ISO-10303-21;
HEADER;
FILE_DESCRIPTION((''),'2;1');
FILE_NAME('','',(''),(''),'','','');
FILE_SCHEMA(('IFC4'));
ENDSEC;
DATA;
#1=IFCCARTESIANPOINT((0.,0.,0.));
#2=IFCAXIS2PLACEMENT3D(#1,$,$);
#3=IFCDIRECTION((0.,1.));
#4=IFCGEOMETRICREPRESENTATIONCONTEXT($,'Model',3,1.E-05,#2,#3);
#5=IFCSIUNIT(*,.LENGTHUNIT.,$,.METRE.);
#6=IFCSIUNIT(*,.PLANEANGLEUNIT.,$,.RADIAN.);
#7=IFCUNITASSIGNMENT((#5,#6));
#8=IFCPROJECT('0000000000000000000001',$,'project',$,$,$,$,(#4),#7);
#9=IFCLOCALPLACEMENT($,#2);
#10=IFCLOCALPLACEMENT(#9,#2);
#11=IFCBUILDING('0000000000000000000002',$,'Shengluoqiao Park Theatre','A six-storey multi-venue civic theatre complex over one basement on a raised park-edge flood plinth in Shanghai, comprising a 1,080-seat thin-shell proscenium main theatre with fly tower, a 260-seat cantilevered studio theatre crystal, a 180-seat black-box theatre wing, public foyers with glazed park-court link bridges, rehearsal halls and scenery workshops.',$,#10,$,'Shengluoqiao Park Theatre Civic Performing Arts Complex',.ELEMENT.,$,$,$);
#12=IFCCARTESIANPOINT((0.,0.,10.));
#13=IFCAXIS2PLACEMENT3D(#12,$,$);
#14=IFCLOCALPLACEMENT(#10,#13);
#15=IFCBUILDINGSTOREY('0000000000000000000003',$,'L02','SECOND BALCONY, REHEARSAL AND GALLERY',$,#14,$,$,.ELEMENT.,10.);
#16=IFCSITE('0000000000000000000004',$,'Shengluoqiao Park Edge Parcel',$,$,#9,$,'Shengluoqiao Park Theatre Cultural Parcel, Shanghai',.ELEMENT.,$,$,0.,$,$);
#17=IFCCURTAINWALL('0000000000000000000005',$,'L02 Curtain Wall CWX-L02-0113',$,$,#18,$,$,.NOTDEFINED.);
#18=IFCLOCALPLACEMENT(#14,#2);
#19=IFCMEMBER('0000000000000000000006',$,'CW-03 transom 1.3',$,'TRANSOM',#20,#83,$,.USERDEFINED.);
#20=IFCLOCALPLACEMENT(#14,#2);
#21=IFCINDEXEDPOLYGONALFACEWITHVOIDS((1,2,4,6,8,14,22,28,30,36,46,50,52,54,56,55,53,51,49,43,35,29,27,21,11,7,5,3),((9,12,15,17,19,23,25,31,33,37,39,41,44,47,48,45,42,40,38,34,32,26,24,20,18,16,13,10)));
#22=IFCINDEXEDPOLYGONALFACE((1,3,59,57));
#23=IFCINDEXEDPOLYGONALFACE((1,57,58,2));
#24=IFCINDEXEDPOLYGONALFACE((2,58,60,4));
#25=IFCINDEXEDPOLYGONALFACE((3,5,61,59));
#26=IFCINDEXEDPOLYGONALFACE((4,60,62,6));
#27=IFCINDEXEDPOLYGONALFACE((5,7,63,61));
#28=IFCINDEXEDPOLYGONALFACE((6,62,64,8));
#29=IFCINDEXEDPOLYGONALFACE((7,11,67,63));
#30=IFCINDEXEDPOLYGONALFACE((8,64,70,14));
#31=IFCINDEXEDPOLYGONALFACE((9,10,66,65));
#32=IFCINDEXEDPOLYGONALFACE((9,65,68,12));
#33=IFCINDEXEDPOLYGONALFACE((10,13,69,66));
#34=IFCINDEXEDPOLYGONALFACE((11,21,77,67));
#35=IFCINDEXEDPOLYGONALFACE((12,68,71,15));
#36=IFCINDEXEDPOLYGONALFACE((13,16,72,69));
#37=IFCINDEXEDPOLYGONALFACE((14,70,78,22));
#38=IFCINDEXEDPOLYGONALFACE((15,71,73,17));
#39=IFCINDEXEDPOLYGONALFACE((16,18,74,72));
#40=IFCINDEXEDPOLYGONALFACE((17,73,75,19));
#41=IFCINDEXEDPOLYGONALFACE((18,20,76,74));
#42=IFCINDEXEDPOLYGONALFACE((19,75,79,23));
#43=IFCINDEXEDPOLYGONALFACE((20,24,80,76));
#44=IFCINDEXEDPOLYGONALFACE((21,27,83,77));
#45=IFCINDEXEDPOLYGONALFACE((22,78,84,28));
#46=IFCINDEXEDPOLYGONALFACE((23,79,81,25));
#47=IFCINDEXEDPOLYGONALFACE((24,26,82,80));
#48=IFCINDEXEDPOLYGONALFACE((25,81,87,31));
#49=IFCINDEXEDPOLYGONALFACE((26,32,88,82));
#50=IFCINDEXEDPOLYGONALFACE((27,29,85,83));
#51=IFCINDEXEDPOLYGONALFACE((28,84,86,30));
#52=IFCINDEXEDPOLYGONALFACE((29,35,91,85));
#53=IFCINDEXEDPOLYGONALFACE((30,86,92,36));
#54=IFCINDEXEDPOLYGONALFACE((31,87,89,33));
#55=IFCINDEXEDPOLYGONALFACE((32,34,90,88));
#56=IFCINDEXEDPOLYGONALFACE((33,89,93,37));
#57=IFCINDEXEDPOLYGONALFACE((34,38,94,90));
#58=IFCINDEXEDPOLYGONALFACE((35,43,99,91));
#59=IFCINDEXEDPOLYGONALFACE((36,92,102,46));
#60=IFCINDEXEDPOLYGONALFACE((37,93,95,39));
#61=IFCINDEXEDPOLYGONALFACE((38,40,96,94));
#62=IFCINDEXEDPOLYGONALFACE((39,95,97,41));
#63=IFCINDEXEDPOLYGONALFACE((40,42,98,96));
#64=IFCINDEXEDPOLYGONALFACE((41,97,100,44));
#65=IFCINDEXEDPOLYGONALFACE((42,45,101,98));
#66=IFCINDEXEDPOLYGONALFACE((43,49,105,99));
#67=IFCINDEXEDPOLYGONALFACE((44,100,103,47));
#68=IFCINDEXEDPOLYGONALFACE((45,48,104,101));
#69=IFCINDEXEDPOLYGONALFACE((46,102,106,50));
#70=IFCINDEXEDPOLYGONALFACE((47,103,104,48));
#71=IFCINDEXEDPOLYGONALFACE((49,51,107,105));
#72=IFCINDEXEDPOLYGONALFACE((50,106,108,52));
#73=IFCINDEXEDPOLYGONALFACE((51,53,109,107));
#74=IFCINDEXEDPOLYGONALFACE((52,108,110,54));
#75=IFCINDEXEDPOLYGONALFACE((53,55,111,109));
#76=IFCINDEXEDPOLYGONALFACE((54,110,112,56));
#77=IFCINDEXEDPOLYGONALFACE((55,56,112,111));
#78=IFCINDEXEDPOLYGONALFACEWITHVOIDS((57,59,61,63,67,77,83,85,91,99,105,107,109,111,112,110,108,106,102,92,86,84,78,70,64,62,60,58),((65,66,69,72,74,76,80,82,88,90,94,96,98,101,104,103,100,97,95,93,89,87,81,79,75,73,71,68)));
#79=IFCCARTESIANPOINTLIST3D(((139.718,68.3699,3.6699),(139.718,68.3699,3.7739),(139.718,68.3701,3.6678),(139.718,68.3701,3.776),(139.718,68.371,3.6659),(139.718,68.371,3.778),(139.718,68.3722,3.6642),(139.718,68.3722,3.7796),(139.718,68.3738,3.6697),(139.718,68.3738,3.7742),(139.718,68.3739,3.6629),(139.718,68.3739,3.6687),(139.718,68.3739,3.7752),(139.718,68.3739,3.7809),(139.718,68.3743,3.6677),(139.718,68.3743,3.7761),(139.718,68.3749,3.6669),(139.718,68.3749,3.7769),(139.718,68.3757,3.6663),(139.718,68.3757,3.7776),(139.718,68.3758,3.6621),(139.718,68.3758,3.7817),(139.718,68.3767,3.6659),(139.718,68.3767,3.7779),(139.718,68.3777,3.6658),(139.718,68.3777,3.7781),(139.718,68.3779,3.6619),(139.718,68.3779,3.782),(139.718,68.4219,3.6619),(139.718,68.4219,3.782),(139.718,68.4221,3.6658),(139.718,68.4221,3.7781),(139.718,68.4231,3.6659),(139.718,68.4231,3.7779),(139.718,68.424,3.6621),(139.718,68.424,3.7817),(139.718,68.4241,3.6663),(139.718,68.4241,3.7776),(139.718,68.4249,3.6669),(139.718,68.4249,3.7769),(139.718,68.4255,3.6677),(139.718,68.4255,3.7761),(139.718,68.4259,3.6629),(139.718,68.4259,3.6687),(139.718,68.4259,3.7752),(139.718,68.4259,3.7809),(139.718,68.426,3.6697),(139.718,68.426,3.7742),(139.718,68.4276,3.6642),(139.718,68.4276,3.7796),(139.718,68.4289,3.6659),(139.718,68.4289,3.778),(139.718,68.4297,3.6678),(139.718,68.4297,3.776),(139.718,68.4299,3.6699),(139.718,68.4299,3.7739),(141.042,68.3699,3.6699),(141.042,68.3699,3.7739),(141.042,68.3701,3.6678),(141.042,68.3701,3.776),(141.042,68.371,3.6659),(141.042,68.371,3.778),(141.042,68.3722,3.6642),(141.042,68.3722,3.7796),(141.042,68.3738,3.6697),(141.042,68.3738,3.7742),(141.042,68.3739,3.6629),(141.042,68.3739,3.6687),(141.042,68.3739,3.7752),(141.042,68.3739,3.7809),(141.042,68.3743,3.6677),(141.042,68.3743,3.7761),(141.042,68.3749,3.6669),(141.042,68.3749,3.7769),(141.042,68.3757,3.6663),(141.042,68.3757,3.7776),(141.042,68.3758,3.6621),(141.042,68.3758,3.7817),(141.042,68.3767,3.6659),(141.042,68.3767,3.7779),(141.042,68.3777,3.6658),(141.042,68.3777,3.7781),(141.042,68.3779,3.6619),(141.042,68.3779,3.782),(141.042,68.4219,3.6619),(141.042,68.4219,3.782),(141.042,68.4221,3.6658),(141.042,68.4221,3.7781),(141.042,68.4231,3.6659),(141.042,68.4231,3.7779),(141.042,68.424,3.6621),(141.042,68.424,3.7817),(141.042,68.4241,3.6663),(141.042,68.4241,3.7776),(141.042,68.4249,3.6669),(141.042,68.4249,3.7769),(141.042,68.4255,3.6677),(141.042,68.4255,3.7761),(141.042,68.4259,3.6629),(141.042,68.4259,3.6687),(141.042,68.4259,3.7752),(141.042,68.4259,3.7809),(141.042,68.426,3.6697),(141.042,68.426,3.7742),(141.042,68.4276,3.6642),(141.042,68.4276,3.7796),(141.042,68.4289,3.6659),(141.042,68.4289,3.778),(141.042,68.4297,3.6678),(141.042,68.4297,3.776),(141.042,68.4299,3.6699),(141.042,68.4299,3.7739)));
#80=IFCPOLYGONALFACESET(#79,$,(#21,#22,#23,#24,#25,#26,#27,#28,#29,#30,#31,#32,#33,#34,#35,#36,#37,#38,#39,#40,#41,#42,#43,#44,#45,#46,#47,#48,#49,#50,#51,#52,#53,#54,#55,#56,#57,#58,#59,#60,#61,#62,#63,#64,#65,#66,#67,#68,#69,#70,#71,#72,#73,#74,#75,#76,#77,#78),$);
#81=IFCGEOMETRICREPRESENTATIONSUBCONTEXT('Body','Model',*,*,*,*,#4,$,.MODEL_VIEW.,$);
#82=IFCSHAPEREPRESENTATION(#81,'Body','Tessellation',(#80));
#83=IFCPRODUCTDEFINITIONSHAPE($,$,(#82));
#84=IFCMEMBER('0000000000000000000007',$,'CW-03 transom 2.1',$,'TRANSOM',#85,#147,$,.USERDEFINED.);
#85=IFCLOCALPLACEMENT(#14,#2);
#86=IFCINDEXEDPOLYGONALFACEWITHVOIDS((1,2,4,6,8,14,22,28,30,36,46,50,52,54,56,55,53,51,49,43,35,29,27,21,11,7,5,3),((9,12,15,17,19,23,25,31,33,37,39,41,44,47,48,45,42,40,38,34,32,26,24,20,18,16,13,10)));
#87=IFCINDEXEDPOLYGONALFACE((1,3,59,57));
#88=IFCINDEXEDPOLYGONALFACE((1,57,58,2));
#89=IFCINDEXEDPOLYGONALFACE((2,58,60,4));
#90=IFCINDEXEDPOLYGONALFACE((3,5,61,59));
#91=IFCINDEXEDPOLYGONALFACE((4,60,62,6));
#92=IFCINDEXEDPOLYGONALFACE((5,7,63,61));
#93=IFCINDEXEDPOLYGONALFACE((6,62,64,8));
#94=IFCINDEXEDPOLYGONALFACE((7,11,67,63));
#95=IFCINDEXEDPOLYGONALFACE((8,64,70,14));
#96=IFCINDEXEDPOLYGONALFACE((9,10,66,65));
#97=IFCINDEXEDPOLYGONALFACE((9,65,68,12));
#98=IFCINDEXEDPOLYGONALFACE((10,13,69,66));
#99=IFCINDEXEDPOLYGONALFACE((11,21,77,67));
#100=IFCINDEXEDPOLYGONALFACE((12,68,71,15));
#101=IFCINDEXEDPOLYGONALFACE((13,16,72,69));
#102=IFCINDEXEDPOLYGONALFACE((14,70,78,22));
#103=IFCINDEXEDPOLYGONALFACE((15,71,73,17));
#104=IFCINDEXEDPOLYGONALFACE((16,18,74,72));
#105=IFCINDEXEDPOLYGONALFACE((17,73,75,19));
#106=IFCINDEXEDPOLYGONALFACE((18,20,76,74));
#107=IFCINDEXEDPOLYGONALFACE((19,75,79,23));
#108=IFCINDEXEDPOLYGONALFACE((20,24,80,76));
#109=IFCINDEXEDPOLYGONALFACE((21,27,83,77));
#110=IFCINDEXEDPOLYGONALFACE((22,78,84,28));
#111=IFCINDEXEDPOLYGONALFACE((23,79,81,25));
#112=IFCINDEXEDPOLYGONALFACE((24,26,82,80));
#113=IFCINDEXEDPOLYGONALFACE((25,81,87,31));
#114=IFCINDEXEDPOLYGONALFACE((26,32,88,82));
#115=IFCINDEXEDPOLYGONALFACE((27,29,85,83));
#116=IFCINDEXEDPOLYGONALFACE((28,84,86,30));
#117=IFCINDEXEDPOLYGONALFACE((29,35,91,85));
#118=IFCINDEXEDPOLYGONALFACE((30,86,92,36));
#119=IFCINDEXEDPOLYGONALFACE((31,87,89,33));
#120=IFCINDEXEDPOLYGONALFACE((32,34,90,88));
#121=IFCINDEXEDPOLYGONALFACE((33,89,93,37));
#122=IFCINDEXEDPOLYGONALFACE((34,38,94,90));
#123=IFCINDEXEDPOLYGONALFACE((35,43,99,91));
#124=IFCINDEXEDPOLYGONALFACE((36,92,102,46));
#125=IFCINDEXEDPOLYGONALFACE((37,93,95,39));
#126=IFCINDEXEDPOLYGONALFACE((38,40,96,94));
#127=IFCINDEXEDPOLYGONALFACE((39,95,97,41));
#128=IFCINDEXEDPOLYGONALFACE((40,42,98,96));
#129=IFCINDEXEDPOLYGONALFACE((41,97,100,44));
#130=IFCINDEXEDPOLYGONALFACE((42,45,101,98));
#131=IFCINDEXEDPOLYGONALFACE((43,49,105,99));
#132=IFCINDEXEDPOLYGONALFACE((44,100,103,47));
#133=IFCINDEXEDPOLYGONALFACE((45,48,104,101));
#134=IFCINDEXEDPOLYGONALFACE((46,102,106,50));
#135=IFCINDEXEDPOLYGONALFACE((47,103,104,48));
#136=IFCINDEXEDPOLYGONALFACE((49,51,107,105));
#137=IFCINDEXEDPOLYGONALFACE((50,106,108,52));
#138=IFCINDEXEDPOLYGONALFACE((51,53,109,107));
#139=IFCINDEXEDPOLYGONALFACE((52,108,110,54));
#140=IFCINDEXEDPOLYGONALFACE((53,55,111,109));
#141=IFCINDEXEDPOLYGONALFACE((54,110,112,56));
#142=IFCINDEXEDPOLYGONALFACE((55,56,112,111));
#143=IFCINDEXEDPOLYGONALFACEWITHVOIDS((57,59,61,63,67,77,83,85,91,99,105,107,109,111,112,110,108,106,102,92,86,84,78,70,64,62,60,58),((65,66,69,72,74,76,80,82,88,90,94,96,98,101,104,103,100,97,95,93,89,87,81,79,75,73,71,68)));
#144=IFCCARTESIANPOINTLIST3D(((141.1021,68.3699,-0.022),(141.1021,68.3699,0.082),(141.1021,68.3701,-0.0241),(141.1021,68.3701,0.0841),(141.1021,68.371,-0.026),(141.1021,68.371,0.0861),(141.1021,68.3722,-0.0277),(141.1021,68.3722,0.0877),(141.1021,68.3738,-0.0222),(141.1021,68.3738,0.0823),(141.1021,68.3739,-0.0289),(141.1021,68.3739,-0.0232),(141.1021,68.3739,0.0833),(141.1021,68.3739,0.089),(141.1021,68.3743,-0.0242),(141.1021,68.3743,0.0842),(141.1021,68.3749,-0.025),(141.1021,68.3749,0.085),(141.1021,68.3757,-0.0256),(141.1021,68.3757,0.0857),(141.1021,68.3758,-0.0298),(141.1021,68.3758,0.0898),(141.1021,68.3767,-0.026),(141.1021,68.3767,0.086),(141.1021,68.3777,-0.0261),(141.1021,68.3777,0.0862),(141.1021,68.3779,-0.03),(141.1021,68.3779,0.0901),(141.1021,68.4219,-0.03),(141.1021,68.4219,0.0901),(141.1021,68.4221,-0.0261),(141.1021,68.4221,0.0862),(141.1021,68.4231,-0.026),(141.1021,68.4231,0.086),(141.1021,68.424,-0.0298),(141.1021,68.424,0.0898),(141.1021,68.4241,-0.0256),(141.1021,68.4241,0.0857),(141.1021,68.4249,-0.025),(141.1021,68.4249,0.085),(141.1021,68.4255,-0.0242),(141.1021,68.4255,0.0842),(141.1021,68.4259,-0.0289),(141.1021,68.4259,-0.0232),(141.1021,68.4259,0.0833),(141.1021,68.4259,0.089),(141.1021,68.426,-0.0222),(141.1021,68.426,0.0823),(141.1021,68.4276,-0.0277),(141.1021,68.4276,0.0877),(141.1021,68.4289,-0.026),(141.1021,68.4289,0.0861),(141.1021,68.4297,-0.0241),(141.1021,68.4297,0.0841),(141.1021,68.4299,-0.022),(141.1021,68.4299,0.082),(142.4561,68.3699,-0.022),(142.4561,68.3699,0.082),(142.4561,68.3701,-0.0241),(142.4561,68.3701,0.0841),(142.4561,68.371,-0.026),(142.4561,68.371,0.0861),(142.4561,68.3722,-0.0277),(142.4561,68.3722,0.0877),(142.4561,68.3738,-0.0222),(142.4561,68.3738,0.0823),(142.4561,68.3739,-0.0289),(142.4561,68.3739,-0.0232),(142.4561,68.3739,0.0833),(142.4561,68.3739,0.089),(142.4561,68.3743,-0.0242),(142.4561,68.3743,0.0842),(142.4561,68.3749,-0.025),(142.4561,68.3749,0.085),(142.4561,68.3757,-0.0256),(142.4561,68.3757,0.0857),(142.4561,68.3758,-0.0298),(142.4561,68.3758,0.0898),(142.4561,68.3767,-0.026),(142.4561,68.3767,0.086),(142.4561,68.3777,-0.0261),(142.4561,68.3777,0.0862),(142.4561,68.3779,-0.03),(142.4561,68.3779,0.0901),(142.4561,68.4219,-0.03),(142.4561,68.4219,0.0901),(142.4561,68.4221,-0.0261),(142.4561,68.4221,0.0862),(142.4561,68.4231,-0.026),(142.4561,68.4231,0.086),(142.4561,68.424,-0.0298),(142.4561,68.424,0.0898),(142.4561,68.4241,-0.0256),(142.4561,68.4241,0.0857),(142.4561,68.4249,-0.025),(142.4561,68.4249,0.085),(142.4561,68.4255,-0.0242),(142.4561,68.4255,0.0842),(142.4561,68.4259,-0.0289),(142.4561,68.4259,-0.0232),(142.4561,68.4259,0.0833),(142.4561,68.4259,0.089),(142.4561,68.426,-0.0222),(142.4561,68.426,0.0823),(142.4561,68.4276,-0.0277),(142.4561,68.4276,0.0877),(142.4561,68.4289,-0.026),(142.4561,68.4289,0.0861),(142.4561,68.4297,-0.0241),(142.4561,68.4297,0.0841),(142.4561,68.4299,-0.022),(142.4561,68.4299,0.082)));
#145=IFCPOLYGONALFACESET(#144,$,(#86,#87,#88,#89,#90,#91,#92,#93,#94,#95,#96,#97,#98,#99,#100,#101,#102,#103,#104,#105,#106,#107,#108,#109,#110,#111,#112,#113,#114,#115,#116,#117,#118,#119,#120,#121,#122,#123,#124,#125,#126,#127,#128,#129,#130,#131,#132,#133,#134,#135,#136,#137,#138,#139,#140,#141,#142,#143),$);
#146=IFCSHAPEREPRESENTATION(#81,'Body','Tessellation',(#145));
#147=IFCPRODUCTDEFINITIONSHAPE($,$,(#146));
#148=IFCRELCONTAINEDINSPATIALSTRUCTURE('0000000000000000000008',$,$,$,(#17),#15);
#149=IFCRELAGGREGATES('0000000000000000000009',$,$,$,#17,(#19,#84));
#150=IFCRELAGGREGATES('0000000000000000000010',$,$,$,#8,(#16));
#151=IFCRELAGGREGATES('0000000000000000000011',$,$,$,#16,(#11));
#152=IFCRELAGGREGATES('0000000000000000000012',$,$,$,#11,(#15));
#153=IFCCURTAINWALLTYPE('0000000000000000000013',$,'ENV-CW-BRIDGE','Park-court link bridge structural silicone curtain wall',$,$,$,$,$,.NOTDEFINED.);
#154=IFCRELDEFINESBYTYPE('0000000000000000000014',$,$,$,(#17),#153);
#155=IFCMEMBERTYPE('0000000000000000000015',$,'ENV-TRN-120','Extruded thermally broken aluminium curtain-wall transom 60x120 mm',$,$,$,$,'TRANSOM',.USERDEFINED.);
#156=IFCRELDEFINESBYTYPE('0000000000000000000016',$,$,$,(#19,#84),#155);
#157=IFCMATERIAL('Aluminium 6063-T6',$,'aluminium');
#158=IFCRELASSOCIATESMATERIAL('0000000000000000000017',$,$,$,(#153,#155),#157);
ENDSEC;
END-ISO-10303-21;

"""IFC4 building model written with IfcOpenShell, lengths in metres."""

from ifc_helpers import new_model, si_unit, direction, frame, origin, origin_2d, place, context, subcontext, project, spatial, hollow_rectangle, extrude, material, material_profile, profile_set, type_object, element, aggregate, save


model = new_model("IFC4")

# Units and contexts
model_context = context("Model", 3, precision=1e-05, world=origin(), true_north=direction((0.0, 1.0)))
body_context = subcontext(model_context, "Body", "Model", "MODEL_VIEW")
ifc_project = project(units=[si_unit("LENGTHUNIT", "METRE"), si_unit("PLANEANGLEUNIT", "RADIAN")], contexts=[model_context])

# Site, building, storey
site_placement = place(None, origin())
site = spatial("IfcSite", under=ifc_project, at=site_placement, Name="Shengluoqiao Park Edge Parcel", LongName="Shengluoqiao Park Theatre Cultural Parcel, Shanghai", CompositionType="ELEMENT", RefElevation=0.0)
building_placement = place(site_placement, origin())
building = spatial("IfcBuilding", under=site, at=building_placement, Name="Shengluoqiao Park Theatre", Description="A six-storey multi-venue civic theatre complex over one basement on a raised park-edge flood plinth in Shanghai, comprising a 1,080-seat thin-shell proscenium main theatre with fly tower, a 260-seat cantilevered studio theatre crystal, a 180-seat black-box theatre wing, public foyers with glazed park-court link bridges, rehearsal halls and scenery workshops.", LongName="Shengluoqiao Park Theatre Civic Performing Arts Complex", CompositionType="ELEMENT")
storey_placement = place(building_placement, frame((0.0, 0.0, 10.0)))
storey = spatial("IfcBuildingStorey", under=building, at=storey_placement, Name="L02", Description="SECOND BALCONY, REHEARSAL AND GALLERY", CompositionType="ELEMENT", Elevation=10.0)

# Shared definitions
ifc_material_1 = material(Name="Aluminium 6063-T6", Category="aluminium")
curtain_wall_type = type_object("IfcCurtainWallType", Name="ENV-CW-BRIDGE", Description="Park-court link bridge structural silicone curtain wall", PredefinedType="NOTDEFINED", material=ifc_material_1)

# Curtain wall
curtain_wall_1_placement = place(storey_placement, origin())
curtain_wall_1 = element("IfcCurtainWall", 1, at=curtain_wall_1_placement, inside=storey, type_object=curtain_wall_type, Name="L02 Curtain Wall CWX-L02-0113", PredefinedType="NOTDEFINED")

# Members
ifc_material_profile_1 = material_profile(ifc_material_1, hollow_rectangle(XDim=0.0601, YDim=0.1201, WallThickness=0.0039, InnerFilletRadius=0.0039, OuterFilletRadius=0.0081, at=origin_2d()), Name="ALU TRANSOM 120x60x4")
ifc_profile_set_1 = profile_set([ifc_material_profile_1], Name="Aluminium 6063-T6")
member_type_1 = type_object("IfcMemberType", Name="ENV-TRN-120", Description="Extruded thermally broken aluminium curtain-wall transom 60x120 mm", ElementType="TRANSOM", PredefinedType="USERDEFINED", material=ifc_profile_set_1)
member_1_placement = place(storey_placement, frame((139.718, 68.3999, 3.7219), z_axis=(1.0, 0.0, 0.0), x_axis=(0.0, 1.0, 0.0)))
member_1 = element("IfcMember", 2, at=member_1_placement, type_object=member_type_1, Name="CW-03 transom 1.3", ObjectType="TRANSOM", PredefinedType="USERDEFINED", context=body_context, shape_type="SweptSolid", body=[
    extrude(hollow_rectangle(XDim=0.0601, YDim=0.1201, WallThickness=0.0039, InnerFilletRadius=0.0039, OuterFilletRadius=0.0081, at=origin_2d()), origin(), (0.0, 0.0, 1.0), 1.324),
])
member_2_placement = place(storey_placement, frame((141.1021, 68.3999, 0.03), z_axis=(1.0, 0.0, 0.0), x_axis=(0.0, 1.0, 0.0)))
member_2 = element("IfcMember", 3, at=member_2_placement, type_object=member_type_1, Name="CW-03 transom 2.1", ObjectType="TRANSOM", PredefinedType="USERDEFINED", context=body_context, shape_type="SweptSolid", body=[
    extrude(hollow_rectangle(XDim=0.0601, YDim=0.1201, WallThickness=0.0039, InnerFilletRadius=0.0039, OuterFilletRadius=0.0081, at=origin_2d()), origin(), (0.0, 0.0, 1.0), 1.354),
])

aggregate(curtain_wall_1, [member_1, member_2])

save(model, "model.ifc")
